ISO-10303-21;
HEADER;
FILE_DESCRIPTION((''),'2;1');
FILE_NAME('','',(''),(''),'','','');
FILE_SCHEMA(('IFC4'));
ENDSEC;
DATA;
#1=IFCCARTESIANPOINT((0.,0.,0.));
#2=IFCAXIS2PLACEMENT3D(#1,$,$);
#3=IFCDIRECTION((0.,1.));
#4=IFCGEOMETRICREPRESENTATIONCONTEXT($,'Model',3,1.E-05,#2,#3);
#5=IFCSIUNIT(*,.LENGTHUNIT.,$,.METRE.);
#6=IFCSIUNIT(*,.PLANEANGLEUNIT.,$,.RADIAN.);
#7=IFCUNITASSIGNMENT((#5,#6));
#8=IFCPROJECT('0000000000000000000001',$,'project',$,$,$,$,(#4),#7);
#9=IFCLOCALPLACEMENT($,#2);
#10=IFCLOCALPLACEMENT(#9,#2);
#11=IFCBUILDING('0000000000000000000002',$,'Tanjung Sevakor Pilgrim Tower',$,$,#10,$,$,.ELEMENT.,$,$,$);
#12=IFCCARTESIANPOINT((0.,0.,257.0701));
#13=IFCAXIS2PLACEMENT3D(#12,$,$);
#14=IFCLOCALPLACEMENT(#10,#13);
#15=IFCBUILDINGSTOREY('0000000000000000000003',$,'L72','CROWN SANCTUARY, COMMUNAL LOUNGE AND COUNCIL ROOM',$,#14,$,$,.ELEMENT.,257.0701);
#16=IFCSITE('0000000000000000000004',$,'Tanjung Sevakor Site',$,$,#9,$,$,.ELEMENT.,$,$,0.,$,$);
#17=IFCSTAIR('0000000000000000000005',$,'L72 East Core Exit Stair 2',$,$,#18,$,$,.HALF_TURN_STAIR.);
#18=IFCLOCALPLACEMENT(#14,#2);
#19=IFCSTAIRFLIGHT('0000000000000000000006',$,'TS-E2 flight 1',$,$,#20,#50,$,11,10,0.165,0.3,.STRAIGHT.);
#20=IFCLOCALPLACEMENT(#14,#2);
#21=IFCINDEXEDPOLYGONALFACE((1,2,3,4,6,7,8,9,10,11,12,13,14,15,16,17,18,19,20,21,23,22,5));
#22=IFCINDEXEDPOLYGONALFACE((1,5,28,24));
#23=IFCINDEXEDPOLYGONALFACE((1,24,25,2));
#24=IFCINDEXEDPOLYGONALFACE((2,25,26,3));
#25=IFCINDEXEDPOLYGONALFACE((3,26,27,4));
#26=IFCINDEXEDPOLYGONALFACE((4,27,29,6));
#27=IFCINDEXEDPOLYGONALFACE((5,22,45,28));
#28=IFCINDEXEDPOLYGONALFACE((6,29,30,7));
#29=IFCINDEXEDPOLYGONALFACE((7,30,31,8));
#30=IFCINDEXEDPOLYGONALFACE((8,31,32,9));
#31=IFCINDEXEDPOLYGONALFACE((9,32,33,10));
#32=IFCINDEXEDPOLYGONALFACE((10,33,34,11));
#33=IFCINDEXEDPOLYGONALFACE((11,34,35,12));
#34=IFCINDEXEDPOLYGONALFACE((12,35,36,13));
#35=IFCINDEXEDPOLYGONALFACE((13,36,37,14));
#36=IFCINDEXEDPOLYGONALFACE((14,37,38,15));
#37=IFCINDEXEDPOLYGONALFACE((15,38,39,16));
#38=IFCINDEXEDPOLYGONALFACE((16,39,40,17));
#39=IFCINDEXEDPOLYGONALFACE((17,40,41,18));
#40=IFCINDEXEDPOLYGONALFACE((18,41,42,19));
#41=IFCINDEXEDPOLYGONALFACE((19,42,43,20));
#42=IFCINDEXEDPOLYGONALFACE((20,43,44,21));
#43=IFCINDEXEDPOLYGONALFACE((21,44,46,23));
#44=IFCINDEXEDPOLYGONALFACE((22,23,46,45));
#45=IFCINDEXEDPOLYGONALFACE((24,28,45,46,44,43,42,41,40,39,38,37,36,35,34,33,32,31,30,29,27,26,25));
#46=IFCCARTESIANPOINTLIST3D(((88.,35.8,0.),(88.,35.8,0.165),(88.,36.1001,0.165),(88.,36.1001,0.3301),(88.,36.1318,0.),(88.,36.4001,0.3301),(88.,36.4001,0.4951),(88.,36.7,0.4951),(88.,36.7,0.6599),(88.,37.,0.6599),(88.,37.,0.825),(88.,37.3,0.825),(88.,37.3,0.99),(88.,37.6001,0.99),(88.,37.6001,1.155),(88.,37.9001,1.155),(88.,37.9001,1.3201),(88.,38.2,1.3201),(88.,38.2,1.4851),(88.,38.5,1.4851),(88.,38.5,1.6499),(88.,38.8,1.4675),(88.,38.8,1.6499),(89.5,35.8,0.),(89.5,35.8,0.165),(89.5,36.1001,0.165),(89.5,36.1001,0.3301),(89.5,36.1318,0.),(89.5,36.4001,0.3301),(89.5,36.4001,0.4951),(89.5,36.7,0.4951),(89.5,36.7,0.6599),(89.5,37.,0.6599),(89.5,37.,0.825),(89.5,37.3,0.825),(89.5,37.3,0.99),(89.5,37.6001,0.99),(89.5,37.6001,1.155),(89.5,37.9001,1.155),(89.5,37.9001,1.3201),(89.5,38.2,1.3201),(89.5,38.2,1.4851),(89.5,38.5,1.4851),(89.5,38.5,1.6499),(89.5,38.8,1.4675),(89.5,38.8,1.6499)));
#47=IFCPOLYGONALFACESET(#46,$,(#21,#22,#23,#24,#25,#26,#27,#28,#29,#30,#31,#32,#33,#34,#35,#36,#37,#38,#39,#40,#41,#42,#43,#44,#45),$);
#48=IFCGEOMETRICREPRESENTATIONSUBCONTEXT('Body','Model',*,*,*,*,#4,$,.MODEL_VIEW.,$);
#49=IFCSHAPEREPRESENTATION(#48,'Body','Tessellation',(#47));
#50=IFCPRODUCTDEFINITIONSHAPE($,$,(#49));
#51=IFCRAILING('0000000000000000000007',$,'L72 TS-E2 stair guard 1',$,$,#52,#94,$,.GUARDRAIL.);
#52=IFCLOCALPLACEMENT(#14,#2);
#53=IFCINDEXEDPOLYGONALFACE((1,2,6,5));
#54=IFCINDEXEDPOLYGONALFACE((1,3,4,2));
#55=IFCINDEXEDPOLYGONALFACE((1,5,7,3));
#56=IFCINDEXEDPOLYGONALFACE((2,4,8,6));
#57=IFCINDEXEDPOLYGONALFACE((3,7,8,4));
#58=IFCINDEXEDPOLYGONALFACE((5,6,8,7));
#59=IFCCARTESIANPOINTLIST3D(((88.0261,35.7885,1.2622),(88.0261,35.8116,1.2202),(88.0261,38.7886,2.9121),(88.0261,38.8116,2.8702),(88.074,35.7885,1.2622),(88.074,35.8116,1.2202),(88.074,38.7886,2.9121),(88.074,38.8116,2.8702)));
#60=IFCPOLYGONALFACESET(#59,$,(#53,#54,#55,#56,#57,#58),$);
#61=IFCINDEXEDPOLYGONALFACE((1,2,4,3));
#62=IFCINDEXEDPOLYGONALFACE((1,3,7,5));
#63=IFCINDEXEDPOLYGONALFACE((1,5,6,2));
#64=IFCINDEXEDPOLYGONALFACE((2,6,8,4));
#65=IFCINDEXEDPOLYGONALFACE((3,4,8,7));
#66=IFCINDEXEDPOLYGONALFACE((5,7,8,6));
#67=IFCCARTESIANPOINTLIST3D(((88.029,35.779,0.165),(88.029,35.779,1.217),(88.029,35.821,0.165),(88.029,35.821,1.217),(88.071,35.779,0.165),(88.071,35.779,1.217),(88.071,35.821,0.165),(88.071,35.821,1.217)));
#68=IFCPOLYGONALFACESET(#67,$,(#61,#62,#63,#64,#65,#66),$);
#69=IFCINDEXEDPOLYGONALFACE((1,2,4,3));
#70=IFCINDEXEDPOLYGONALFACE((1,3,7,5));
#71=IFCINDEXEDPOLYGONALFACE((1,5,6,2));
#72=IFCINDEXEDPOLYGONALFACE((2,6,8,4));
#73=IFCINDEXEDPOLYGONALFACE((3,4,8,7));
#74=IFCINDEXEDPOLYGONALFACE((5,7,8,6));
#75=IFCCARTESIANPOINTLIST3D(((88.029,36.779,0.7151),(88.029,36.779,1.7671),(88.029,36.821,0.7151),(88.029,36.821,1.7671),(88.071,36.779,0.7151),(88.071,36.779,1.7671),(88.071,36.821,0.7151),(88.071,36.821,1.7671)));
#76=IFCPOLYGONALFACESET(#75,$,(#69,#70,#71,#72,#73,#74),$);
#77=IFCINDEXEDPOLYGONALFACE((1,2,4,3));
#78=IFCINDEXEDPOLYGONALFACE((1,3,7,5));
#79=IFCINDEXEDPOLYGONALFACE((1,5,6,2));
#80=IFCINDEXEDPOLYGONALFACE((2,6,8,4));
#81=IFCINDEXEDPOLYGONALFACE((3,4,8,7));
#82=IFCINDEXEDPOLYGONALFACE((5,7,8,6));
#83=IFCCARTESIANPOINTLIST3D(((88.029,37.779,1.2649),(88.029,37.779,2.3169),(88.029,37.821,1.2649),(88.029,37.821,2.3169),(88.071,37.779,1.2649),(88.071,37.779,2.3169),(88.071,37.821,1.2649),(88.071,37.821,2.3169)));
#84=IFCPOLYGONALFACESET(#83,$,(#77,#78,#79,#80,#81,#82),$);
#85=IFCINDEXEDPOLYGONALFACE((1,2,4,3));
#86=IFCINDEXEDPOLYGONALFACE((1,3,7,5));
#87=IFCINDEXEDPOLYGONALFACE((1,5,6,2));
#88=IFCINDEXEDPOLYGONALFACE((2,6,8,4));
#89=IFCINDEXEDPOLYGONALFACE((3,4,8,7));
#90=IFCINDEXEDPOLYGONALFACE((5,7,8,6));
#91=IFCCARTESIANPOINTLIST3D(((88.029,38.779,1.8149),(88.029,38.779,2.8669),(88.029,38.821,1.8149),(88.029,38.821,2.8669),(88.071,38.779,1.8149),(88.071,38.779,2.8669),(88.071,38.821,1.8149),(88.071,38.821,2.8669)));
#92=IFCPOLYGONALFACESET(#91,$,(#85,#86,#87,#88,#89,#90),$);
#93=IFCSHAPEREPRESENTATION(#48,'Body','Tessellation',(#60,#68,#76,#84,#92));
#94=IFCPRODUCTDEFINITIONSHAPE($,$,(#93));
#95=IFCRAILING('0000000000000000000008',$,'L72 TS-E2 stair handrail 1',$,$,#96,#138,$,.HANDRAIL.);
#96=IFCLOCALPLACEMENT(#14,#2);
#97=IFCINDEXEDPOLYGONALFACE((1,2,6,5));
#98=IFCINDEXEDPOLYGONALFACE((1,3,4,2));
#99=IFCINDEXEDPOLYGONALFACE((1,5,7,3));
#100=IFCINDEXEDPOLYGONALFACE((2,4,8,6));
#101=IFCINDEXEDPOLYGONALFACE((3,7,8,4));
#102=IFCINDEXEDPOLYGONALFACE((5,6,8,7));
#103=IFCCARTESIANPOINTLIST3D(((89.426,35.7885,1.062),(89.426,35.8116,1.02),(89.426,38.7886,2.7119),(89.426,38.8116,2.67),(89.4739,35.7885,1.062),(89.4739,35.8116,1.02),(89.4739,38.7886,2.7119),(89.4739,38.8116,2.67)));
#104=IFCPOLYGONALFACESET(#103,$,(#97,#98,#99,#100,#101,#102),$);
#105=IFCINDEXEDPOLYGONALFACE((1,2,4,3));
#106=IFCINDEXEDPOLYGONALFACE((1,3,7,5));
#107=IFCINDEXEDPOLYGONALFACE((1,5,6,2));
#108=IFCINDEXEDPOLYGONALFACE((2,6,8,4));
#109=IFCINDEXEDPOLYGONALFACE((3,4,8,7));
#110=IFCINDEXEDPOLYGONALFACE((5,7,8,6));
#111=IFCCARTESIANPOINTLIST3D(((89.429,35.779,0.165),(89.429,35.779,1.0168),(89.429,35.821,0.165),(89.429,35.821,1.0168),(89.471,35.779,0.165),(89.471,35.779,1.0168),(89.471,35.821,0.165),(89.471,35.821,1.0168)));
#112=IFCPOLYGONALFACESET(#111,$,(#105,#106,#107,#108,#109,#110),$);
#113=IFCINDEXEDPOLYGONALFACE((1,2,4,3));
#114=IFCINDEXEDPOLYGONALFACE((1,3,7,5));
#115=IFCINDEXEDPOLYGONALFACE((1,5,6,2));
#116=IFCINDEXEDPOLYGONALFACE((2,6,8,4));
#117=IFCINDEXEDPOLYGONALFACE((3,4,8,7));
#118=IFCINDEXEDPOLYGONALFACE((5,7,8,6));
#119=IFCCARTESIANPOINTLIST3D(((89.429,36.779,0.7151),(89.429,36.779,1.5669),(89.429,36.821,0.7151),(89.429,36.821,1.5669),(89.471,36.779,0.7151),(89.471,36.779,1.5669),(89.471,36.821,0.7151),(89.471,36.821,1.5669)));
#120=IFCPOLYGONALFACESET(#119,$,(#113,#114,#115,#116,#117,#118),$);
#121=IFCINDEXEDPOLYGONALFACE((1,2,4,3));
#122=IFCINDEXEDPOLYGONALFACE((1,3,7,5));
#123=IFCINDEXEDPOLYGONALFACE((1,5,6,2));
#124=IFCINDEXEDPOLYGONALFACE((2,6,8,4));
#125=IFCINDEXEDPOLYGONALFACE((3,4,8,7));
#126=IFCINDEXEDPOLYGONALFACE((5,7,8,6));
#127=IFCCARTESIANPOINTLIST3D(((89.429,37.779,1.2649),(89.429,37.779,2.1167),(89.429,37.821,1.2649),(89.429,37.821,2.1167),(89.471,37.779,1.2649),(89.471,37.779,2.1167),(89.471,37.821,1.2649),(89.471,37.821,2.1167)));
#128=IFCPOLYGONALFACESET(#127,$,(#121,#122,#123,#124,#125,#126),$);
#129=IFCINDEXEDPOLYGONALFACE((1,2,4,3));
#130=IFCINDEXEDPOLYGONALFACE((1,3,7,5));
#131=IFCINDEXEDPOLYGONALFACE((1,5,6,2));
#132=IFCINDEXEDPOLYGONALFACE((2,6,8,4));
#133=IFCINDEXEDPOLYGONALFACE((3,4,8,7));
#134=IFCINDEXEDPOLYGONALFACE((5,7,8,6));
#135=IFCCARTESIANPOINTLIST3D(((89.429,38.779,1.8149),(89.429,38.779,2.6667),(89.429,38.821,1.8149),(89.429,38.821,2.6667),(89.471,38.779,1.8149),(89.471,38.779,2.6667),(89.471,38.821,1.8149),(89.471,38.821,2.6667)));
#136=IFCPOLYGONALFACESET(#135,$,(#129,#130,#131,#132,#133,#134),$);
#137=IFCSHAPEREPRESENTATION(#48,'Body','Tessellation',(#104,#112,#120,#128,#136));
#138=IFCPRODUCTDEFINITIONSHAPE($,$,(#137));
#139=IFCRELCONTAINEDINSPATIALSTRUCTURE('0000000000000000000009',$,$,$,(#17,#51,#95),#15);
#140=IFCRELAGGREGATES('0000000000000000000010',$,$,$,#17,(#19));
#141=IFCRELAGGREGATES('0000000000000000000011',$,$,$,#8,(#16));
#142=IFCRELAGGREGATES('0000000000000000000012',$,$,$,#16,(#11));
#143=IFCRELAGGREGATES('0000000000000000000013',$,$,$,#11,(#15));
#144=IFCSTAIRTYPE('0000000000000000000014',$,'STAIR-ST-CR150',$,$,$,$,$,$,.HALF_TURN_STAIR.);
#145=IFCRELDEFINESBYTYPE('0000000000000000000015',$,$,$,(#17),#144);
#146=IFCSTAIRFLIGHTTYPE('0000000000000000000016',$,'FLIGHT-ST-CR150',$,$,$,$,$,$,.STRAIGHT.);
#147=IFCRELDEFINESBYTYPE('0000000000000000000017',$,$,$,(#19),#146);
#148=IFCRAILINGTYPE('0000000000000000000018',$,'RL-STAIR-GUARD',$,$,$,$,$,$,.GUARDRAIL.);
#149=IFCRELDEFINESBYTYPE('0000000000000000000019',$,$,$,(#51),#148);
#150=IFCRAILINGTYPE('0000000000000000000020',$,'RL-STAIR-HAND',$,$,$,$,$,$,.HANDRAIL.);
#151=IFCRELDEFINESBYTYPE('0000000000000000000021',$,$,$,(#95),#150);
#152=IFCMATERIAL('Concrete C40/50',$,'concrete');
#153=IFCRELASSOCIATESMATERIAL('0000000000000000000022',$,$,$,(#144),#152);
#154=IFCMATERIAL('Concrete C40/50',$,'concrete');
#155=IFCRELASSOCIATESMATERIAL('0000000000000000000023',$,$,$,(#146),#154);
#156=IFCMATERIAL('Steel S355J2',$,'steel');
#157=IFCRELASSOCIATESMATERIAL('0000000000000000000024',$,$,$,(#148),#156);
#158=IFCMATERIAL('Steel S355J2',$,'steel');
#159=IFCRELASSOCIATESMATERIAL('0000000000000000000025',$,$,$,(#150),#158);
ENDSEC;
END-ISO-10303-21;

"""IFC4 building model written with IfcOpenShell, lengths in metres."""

from ifc_helpers import new_model, si_unit, direction, frame, origin, place, context, subcontext, project, spatial, polyline, rectangle, outline, extrude, material, type_object, element, aggregate, save


model = new_model("IFC4")

# Units and contexts
model_context = context("Model", 3, precision=1e-05, world=origin(), true_north=direction((0.0, 1.0)))
body_context = subcontext(model_context, "Body", "Model", "MODEL_VIEW")
ifc_project = project(units=[si_unit("LENGTHUNIT", "METRE"), si_unit("PLANEANGLEUNIT", "RADIAN")], contexts=[model_context])

# Site, building, storey
site_placement = place(None, origin())
site = spatial("IfcSite", under=ifc_project, at=site_placement, Name="Tanjung Sevakor Site", CompositionType="ELEMENT", RefElevation=0.0)
building_placement = place(site_placement, origin())
building = spatial("IfcBuilding", under=site, at=building_placement, Name="Tanjung Sevakor Pilgrim Tower", CompositionType="ELEMENT")
storey_placement = place(building_placement, frame((0.0, 0.0, 257.0701)))
storey = spatial("IfcBuildingStorey", under=building, at=storey_placement, Name="L72", Description="CROWN SANCTUARY, COMMUNAL LOUNGE AND COUNCIL ROOM", CompositionType="ELEMENT", Elevation=257.0701)

# Stair, stair flight
ifc_material_1 = material(Name="Concrete C40/50", Category="concrete")
stair_type = type_object("IfcStairType", Name="STAIR-ST-CR150", PredefinedType="HALF_TURN_STAIR", material=ifc_material_1)
stair_placement = place(storey_placement, origin())
stair = element("IfcStair", 1, at=stair_placement, inside=storey, type_object=stair_type, Name="L72 East Core Exit Stair 2", PredefinedType="HALF_TURN_STAIR")
ifc_material_2 = material(Name="Concrete C40/50", Category="concrete")
stair_flight_type = type_object("IfcStairFlightType", Name="FLIGHT-ST-CR150", PredefinedType="STRAIGHT", material=ifc_material_2)
stair_flight_placement = place(storey_placement, frame((88.75, 35.8, 0.0), z_axis=(0.0, 0.0, 1.0), x_axis=(0.0, 1.0, 0.0)))
stair_flight = element("IfcStairFlight", 2, at=stair_flight_placement, type_object=stair_flight_type, Name="TS-E2 flight 1", NumberOfRisers=11, NumberOfTreads=10, PredefinedType="STRAIGHT", RiserHeight=0.165, TreadLength=0.3, context=body_context, shape_type="SweptSolid", body=[
    extrude(outline(polyline([(0.0, 0.0), (0.0, 0.165), (0.3, 0.165), (0.3, 0.3301), (0.6001, 0.3301), (0.6001, 0.4951), (0.8999, 0.4951), (0.8999, 0.6599), (1.2, 0.6599), (1.2, 0.825), (1.5, 0.825), (1.5, 0.99), (1.8, 0.99), (1.8, 1.155), (2.1001, 1.155), (2.1001, 1.3201), (2.3999, 1.3201), (2.3999, 1.4851), (2.7, 1.4851), (2.7, 1.6499), (3.0, 1.6499), (3.0, 1.8149), (3.0, 1.4675), (0.3318, 0.0), (0.0, 0.0)])), frame((0.0, 0.75, 0.0), z_axis=(0.0, -1.0, 0.0), x_axis=(1.0, 0.0, 0.0)), (0.0, 0.0, 1.0), 1.5),
])
aggregate(stair, [stair_flight])

# Railings
ifc_material_3 = material(Name="Steel S355J2", Category="steel")
railing_type_1 = type_object("IfcRailingType", Name="RL-STAIR-GUARD", PredefinedType="GUARDRAIL", material=ifc_material_3)
railing_1_placement = place(storey_placement, frame((88.05, 35.8, 0.165)))
element("IfcRailing", 3, at=railing_1_placement, inside=storey, type_object=railing_type_1, Name="L72 TS-E2 stair guard 1", PredefinedType="GUARDRAIL", context=body_context, shape_type="SweptSolid", body=[
    extrude(rectangle(XDim=0.0479, YDim=0.0479), frame((0.0, 0.0, 1.0762), z_axis=(0.0, 0.876228, 0.481897), x_axis=(-1.0, 0.0, 0.0)), (0.0, 0.0, 1.0), 3.4238),
    extrude(rectangle(XDim=0.042, YDim=0.042), origin(), (0.0, 0.0, 1.0), 1.052),
    extrude(rectangle(XDim=0.042, YDim=0.042), frame((0.0, 1.0, 0.55)), (0.0, 0.0, 1.0), 1.052),
    extrude(rectangle(XDim=0.042, YDim=0.042), frame((0.0, 2.0, 1.0999)), (0.0, 0.0, 1.0), 1.052),
    extrude(rectangle(XDim=0.042, YDim=0.042), frame((0.0, 3.0, 1.6499)), (0.0, 0.0, 1.0), 1.052),
])
ifc_material_4 = material(Name="Steel S355J2", Category="steel")
railing_type_2 = type_object("IfcRailingType", Name="RL-STAIR-HAND", PredefinedType="HANDRAIL", material=ifc_material_4)
railing_2_placement = place(storey_placement, frame((89.45, 35.8, 0.165)))
element("IfcRailing", 4, at=railing_2_placement, inside=storey, type_object=railing_type_2, Name="L72 TS-E2 stair handrail 1", PredefinedType="HANDRAIL", context=body_context, shape_type="SweptSolid", body=[
    extrude(rectangle(XDim=0.0479, YDim=0.0479), frame((0.0, 0.0, 0.876), z_axis=(0.0, 0.876228, 0.481897), x_axis=(-1.0, 0.0, 0.0)), (0.0, 0.0, 1.0), 3.4238),
    extrude(rectangle(XDim=0.042, YDim=0.042), origin(), (0.0, 0.0, 1.0), 0.8518),
    extrude(rectangle(XDim=0.042, YDim=0.042), frame((0.0, 1.0, 0.55)), (0.0, 0.0, 1.0), 0.8518),
    extrude(rectangle(XDim=0.042, YDim=0.042), frame((0.0, 2.0, 1.0999)), (0.0, 0.0, 1.0), 0.8518),
    extrude(rectangle(XDim=0.042, YDim=0.042), frame((0.0, 3.0, 1.6499)), (0.0, 0.0, 1.0), 0.8518),
])

save(model, "model.ifc")
